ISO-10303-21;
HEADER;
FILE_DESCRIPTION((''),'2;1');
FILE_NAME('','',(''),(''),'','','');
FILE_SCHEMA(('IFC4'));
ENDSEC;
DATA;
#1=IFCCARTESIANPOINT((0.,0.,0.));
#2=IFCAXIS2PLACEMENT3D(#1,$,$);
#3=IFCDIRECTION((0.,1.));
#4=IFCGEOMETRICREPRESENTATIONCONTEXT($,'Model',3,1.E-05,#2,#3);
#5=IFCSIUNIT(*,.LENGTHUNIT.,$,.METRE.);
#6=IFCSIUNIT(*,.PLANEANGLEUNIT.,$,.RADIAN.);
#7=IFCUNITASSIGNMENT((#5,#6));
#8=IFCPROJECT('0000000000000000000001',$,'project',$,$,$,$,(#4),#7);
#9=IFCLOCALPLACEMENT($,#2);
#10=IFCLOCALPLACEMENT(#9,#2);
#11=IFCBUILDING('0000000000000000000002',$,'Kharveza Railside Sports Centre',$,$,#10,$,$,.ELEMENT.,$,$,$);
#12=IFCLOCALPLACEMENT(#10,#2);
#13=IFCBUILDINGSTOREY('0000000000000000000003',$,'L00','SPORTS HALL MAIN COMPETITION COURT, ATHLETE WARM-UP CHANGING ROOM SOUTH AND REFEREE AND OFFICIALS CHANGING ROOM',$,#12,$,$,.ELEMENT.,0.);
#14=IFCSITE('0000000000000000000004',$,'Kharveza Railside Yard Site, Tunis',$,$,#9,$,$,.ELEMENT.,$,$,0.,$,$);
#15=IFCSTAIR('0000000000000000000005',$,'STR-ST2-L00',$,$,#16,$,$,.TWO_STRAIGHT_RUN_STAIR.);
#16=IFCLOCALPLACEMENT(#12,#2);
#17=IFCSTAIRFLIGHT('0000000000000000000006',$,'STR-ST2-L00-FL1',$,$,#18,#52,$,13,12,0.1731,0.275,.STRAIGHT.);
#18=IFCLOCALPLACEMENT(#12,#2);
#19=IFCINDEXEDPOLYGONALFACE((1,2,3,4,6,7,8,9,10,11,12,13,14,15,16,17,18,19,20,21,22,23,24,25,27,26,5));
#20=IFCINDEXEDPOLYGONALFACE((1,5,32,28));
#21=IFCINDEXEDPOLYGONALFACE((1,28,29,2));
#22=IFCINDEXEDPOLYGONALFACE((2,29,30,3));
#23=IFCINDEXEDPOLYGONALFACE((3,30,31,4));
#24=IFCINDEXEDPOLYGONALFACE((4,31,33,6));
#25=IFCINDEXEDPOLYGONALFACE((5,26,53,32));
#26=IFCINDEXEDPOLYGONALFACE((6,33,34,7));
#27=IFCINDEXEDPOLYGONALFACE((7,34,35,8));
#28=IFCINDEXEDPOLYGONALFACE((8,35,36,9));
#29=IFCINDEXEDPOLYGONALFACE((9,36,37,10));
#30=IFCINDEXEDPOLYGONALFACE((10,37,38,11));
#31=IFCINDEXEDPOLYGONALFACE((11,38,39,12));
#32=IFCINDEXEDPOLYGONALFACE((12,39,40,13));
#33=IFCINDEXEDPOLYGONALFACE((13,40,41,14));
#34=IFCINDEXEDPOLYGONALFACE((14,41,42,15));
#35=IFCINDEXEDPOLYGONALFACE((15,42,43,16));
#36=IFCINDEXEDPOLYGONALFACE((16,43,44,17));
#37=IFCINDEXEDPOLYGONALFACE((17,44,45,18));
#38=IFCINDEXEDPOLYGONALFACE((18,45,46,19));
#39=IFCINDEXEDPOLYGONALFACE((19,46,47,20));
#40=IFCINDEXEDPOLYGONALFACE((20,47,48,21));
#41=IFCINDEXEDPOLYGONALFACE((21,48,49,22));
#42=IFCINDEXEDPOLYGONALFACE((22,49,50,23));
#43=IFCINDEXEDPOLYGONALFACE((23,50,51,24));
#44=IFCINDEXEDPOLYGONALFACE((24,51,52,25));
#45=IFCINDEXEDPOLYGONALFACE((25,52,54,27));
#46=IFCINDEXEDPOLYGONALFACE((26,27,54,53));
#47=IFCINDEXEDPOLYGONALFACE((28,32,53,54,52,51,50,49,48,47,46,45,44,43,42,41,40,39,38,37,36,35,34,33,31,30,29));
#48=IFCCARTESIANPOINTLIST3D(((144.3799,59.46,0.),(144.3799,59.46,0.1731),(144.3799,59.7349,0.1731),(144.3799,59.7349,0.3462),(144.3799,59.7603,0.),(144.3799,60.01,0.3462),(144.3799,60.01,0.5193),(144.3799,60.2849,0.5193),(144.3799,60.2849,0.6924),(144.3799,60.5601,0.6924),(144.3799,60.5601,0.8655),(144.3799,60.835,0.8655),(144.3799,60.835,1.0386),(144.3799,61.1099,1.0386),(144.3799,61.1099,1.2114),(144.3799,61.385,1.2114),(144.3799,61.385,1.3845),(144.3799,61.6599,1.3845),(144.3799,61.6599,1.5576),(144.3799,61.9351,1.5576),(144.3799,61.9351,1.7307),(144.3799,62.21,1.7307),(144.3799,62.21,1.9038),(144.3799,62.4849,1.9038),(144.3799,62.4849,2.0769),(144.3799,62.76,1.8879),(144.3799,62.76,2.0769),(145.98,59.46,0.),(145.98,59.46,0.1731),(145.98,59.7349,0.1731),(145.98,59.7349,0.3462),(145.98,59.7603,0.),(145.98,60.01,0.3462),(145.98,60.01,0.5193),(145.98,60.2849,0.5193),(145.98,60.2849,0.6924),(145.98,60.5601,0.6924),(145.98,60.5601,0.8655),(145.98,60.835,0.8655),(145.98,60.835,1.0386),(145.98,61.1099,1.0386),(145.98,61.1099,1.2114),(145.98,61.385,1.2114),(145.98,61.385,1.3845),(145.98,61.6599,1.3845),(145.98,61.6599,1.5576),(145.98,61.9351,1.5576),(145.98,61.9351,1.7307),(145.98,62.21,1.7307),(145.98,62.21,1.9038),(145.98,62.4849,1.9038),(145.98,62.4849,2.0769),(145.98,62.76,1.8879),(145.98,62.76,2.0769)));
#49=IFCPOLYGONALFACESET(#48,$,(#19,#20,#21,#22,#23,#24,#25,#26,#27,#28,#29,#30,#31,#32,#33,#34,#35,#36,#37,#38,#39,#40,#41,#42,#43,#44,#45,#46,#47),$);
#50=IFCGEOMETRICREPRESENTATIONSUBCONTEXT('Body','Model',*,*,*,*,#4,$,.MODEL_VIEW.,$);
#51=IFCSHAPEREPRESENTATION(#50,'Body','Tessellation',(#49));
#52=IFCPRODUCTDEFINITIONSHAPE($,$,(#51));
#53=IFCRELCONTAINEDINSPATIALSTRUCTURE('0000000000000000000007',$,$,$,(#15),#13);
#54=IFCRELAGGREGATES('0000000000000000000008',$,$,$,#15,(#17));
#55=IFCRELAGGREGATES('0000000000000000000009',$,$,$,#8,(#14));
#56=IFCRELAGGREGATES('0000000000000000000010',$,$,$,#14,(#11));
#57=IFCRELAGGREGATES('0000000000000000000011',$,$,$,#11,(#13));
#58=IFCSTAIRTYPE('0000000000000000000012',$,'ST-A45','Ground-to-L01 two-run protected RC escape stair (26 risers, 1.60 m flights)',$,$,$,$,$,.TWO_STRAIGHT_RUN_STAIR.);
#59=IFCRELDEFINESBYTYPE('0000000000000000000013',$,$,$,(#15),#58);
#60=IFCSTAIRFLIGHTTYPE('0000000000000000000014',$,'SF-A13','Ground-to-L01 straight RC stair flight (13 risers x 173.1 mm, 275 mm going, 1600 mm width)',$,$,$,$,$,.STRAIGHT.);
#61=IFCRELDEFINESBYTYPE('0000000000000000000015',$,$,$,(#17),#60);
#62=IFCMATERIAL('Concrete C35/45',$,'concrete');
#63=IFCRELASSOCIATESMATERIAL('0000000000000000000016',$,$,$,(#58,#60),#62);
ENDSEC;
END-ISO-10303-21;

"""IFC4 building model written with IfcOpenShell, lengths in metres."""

from ifc_helpers import new_model, si_unit, direction, frame, origin, place, context, subcontext, project, spatial, polyline, outline, extrude, material, type_object, element, aggregate, save


model = new_model("IFC4")

# Units and contexts
model_context = context("Model", 3, precision=1e-05, world=origin(), true_north=direction((0.0, 1.0)))
body_context = subcontext(model_context, "Body", "Model", "MODEL_VIEW")
ifc_project = project(units=[si_unit("LENGTHUNIT", "METRE"), si_unit("PLANEANGLEUNIT", "RADIAN")], contexts=[model_context])

# Site, building, storey
site_placement = place(None, origin())
site = spatial("IfcSite", under=ifc_project, at=site_placement, Name="Kharveza Railside Yard Site, Tunis", CompositionType="ELEMENT", RefElevation=0.0)
building_placement = place(site_placement, origin())
building = spatial("IfcBuilding", under=site, at=building_placement, Name="Kharveza Railside Sports Centre", CompositionType="ELEMENT")
storey_placement = place(building_placement, origin())
storey = spatial("IfcBuildingStorey", under=building, at=storey_placement, Name="L00", Description="SPORTS HALL MAIN COMPETITION COURT, ATHLETE WARM-UP CHANGING ROOM SOUTH AND REFEREE AND OFFICIALS CHANGING ROOM", CompositionType="ELEMENT", Elevation=0.0)

# Shared definitions
ifc_material_1 = material(Name="Concrete C35/45", Category="concrete")

# Stair, stair flight
stair_type = type_object("IfcStairType", Name="ST-A45", Description="Ground-to-L01 two-run protected RC escape stair (26 risers, 1.60 m flights)", PredefinedType="TWO_STRAIGHT_RUN_STAIR", material=ifc_material_1)
stair_placement = place(storey_placement, origin())
stair = element("IfcStair", 1, at=stair_placement, inside=storey, type_object=stair_type, Name="STR-ST2-L00", PredefinedType="TWO_STRAIGHT_RUN_STAIR")
stair_flight_type = type_object("IfcStairFlightType", Name="SF-A13", Description="Ground-to-L01 straight RC stair flight (13 risers x 173.1 mm, 275 mm going, 1600 mm width)", PredefinedType="STRAIGHT", material=ifc_material_1)
stair_flight_placement = place(storey_placement, frame((145.1799, 59.46, 0.0), z_axis=(0.0, 0.0, 1.0), x_axis=(0.0, 1.0, 0.0)))
stair_flight = element("IfcStairFlight", 2, at=stair_flight_placement, type_object=stair_flight_type, Name="STR-ST2-L00-FL1", NumberOfRisers=13, NumberOfTreads=12, PredefinedType="STRAIGHT", RiserHeight=0.1731, TreadLength=0.275, context=body_context, shape_type="SweptSolid", body=[
    extrude(outline(polyline([(0.0, 0.0), (0.0, 0.1731), (0.2749, 0.1731), (0.2749, 0.3462), (0.55, 0.3462), (0.55, 0.5193), (0.825, 0.5193), (0.825, 0.6924), (1.1001, 0.6924), (1.1001, 0.8655), (1.375, 0.8655), (1.375, 1.0386), (1.6499, 1.0386), (1.6499, 1.2114), (1.925, 1.2114), (1.925, 1.3845), (2.2, 1.3845), (2.2, 1.5576), (2.4751, 1.5576), (2.4751, 1.7307), (2.75, 1.7307), (2.75, 1.9038), (3.0249, 1.9038), (3.0249, 2.0769), (3.3, 2.0769), (3.3, 2.25), (3.3, 1.8879), (0.3003, 0.0), (0.0, 0.0)])), frame((0.0, 0.8, 0.0), z_axis=(0.0, -1.0, 0.0), x_axis=(1.0, 0.0, 0.0)), (0.0, 0.0, 1.0), 1.6001),
])
aggregate(stair, [stair_flight])

save(model, "model.ifc")
